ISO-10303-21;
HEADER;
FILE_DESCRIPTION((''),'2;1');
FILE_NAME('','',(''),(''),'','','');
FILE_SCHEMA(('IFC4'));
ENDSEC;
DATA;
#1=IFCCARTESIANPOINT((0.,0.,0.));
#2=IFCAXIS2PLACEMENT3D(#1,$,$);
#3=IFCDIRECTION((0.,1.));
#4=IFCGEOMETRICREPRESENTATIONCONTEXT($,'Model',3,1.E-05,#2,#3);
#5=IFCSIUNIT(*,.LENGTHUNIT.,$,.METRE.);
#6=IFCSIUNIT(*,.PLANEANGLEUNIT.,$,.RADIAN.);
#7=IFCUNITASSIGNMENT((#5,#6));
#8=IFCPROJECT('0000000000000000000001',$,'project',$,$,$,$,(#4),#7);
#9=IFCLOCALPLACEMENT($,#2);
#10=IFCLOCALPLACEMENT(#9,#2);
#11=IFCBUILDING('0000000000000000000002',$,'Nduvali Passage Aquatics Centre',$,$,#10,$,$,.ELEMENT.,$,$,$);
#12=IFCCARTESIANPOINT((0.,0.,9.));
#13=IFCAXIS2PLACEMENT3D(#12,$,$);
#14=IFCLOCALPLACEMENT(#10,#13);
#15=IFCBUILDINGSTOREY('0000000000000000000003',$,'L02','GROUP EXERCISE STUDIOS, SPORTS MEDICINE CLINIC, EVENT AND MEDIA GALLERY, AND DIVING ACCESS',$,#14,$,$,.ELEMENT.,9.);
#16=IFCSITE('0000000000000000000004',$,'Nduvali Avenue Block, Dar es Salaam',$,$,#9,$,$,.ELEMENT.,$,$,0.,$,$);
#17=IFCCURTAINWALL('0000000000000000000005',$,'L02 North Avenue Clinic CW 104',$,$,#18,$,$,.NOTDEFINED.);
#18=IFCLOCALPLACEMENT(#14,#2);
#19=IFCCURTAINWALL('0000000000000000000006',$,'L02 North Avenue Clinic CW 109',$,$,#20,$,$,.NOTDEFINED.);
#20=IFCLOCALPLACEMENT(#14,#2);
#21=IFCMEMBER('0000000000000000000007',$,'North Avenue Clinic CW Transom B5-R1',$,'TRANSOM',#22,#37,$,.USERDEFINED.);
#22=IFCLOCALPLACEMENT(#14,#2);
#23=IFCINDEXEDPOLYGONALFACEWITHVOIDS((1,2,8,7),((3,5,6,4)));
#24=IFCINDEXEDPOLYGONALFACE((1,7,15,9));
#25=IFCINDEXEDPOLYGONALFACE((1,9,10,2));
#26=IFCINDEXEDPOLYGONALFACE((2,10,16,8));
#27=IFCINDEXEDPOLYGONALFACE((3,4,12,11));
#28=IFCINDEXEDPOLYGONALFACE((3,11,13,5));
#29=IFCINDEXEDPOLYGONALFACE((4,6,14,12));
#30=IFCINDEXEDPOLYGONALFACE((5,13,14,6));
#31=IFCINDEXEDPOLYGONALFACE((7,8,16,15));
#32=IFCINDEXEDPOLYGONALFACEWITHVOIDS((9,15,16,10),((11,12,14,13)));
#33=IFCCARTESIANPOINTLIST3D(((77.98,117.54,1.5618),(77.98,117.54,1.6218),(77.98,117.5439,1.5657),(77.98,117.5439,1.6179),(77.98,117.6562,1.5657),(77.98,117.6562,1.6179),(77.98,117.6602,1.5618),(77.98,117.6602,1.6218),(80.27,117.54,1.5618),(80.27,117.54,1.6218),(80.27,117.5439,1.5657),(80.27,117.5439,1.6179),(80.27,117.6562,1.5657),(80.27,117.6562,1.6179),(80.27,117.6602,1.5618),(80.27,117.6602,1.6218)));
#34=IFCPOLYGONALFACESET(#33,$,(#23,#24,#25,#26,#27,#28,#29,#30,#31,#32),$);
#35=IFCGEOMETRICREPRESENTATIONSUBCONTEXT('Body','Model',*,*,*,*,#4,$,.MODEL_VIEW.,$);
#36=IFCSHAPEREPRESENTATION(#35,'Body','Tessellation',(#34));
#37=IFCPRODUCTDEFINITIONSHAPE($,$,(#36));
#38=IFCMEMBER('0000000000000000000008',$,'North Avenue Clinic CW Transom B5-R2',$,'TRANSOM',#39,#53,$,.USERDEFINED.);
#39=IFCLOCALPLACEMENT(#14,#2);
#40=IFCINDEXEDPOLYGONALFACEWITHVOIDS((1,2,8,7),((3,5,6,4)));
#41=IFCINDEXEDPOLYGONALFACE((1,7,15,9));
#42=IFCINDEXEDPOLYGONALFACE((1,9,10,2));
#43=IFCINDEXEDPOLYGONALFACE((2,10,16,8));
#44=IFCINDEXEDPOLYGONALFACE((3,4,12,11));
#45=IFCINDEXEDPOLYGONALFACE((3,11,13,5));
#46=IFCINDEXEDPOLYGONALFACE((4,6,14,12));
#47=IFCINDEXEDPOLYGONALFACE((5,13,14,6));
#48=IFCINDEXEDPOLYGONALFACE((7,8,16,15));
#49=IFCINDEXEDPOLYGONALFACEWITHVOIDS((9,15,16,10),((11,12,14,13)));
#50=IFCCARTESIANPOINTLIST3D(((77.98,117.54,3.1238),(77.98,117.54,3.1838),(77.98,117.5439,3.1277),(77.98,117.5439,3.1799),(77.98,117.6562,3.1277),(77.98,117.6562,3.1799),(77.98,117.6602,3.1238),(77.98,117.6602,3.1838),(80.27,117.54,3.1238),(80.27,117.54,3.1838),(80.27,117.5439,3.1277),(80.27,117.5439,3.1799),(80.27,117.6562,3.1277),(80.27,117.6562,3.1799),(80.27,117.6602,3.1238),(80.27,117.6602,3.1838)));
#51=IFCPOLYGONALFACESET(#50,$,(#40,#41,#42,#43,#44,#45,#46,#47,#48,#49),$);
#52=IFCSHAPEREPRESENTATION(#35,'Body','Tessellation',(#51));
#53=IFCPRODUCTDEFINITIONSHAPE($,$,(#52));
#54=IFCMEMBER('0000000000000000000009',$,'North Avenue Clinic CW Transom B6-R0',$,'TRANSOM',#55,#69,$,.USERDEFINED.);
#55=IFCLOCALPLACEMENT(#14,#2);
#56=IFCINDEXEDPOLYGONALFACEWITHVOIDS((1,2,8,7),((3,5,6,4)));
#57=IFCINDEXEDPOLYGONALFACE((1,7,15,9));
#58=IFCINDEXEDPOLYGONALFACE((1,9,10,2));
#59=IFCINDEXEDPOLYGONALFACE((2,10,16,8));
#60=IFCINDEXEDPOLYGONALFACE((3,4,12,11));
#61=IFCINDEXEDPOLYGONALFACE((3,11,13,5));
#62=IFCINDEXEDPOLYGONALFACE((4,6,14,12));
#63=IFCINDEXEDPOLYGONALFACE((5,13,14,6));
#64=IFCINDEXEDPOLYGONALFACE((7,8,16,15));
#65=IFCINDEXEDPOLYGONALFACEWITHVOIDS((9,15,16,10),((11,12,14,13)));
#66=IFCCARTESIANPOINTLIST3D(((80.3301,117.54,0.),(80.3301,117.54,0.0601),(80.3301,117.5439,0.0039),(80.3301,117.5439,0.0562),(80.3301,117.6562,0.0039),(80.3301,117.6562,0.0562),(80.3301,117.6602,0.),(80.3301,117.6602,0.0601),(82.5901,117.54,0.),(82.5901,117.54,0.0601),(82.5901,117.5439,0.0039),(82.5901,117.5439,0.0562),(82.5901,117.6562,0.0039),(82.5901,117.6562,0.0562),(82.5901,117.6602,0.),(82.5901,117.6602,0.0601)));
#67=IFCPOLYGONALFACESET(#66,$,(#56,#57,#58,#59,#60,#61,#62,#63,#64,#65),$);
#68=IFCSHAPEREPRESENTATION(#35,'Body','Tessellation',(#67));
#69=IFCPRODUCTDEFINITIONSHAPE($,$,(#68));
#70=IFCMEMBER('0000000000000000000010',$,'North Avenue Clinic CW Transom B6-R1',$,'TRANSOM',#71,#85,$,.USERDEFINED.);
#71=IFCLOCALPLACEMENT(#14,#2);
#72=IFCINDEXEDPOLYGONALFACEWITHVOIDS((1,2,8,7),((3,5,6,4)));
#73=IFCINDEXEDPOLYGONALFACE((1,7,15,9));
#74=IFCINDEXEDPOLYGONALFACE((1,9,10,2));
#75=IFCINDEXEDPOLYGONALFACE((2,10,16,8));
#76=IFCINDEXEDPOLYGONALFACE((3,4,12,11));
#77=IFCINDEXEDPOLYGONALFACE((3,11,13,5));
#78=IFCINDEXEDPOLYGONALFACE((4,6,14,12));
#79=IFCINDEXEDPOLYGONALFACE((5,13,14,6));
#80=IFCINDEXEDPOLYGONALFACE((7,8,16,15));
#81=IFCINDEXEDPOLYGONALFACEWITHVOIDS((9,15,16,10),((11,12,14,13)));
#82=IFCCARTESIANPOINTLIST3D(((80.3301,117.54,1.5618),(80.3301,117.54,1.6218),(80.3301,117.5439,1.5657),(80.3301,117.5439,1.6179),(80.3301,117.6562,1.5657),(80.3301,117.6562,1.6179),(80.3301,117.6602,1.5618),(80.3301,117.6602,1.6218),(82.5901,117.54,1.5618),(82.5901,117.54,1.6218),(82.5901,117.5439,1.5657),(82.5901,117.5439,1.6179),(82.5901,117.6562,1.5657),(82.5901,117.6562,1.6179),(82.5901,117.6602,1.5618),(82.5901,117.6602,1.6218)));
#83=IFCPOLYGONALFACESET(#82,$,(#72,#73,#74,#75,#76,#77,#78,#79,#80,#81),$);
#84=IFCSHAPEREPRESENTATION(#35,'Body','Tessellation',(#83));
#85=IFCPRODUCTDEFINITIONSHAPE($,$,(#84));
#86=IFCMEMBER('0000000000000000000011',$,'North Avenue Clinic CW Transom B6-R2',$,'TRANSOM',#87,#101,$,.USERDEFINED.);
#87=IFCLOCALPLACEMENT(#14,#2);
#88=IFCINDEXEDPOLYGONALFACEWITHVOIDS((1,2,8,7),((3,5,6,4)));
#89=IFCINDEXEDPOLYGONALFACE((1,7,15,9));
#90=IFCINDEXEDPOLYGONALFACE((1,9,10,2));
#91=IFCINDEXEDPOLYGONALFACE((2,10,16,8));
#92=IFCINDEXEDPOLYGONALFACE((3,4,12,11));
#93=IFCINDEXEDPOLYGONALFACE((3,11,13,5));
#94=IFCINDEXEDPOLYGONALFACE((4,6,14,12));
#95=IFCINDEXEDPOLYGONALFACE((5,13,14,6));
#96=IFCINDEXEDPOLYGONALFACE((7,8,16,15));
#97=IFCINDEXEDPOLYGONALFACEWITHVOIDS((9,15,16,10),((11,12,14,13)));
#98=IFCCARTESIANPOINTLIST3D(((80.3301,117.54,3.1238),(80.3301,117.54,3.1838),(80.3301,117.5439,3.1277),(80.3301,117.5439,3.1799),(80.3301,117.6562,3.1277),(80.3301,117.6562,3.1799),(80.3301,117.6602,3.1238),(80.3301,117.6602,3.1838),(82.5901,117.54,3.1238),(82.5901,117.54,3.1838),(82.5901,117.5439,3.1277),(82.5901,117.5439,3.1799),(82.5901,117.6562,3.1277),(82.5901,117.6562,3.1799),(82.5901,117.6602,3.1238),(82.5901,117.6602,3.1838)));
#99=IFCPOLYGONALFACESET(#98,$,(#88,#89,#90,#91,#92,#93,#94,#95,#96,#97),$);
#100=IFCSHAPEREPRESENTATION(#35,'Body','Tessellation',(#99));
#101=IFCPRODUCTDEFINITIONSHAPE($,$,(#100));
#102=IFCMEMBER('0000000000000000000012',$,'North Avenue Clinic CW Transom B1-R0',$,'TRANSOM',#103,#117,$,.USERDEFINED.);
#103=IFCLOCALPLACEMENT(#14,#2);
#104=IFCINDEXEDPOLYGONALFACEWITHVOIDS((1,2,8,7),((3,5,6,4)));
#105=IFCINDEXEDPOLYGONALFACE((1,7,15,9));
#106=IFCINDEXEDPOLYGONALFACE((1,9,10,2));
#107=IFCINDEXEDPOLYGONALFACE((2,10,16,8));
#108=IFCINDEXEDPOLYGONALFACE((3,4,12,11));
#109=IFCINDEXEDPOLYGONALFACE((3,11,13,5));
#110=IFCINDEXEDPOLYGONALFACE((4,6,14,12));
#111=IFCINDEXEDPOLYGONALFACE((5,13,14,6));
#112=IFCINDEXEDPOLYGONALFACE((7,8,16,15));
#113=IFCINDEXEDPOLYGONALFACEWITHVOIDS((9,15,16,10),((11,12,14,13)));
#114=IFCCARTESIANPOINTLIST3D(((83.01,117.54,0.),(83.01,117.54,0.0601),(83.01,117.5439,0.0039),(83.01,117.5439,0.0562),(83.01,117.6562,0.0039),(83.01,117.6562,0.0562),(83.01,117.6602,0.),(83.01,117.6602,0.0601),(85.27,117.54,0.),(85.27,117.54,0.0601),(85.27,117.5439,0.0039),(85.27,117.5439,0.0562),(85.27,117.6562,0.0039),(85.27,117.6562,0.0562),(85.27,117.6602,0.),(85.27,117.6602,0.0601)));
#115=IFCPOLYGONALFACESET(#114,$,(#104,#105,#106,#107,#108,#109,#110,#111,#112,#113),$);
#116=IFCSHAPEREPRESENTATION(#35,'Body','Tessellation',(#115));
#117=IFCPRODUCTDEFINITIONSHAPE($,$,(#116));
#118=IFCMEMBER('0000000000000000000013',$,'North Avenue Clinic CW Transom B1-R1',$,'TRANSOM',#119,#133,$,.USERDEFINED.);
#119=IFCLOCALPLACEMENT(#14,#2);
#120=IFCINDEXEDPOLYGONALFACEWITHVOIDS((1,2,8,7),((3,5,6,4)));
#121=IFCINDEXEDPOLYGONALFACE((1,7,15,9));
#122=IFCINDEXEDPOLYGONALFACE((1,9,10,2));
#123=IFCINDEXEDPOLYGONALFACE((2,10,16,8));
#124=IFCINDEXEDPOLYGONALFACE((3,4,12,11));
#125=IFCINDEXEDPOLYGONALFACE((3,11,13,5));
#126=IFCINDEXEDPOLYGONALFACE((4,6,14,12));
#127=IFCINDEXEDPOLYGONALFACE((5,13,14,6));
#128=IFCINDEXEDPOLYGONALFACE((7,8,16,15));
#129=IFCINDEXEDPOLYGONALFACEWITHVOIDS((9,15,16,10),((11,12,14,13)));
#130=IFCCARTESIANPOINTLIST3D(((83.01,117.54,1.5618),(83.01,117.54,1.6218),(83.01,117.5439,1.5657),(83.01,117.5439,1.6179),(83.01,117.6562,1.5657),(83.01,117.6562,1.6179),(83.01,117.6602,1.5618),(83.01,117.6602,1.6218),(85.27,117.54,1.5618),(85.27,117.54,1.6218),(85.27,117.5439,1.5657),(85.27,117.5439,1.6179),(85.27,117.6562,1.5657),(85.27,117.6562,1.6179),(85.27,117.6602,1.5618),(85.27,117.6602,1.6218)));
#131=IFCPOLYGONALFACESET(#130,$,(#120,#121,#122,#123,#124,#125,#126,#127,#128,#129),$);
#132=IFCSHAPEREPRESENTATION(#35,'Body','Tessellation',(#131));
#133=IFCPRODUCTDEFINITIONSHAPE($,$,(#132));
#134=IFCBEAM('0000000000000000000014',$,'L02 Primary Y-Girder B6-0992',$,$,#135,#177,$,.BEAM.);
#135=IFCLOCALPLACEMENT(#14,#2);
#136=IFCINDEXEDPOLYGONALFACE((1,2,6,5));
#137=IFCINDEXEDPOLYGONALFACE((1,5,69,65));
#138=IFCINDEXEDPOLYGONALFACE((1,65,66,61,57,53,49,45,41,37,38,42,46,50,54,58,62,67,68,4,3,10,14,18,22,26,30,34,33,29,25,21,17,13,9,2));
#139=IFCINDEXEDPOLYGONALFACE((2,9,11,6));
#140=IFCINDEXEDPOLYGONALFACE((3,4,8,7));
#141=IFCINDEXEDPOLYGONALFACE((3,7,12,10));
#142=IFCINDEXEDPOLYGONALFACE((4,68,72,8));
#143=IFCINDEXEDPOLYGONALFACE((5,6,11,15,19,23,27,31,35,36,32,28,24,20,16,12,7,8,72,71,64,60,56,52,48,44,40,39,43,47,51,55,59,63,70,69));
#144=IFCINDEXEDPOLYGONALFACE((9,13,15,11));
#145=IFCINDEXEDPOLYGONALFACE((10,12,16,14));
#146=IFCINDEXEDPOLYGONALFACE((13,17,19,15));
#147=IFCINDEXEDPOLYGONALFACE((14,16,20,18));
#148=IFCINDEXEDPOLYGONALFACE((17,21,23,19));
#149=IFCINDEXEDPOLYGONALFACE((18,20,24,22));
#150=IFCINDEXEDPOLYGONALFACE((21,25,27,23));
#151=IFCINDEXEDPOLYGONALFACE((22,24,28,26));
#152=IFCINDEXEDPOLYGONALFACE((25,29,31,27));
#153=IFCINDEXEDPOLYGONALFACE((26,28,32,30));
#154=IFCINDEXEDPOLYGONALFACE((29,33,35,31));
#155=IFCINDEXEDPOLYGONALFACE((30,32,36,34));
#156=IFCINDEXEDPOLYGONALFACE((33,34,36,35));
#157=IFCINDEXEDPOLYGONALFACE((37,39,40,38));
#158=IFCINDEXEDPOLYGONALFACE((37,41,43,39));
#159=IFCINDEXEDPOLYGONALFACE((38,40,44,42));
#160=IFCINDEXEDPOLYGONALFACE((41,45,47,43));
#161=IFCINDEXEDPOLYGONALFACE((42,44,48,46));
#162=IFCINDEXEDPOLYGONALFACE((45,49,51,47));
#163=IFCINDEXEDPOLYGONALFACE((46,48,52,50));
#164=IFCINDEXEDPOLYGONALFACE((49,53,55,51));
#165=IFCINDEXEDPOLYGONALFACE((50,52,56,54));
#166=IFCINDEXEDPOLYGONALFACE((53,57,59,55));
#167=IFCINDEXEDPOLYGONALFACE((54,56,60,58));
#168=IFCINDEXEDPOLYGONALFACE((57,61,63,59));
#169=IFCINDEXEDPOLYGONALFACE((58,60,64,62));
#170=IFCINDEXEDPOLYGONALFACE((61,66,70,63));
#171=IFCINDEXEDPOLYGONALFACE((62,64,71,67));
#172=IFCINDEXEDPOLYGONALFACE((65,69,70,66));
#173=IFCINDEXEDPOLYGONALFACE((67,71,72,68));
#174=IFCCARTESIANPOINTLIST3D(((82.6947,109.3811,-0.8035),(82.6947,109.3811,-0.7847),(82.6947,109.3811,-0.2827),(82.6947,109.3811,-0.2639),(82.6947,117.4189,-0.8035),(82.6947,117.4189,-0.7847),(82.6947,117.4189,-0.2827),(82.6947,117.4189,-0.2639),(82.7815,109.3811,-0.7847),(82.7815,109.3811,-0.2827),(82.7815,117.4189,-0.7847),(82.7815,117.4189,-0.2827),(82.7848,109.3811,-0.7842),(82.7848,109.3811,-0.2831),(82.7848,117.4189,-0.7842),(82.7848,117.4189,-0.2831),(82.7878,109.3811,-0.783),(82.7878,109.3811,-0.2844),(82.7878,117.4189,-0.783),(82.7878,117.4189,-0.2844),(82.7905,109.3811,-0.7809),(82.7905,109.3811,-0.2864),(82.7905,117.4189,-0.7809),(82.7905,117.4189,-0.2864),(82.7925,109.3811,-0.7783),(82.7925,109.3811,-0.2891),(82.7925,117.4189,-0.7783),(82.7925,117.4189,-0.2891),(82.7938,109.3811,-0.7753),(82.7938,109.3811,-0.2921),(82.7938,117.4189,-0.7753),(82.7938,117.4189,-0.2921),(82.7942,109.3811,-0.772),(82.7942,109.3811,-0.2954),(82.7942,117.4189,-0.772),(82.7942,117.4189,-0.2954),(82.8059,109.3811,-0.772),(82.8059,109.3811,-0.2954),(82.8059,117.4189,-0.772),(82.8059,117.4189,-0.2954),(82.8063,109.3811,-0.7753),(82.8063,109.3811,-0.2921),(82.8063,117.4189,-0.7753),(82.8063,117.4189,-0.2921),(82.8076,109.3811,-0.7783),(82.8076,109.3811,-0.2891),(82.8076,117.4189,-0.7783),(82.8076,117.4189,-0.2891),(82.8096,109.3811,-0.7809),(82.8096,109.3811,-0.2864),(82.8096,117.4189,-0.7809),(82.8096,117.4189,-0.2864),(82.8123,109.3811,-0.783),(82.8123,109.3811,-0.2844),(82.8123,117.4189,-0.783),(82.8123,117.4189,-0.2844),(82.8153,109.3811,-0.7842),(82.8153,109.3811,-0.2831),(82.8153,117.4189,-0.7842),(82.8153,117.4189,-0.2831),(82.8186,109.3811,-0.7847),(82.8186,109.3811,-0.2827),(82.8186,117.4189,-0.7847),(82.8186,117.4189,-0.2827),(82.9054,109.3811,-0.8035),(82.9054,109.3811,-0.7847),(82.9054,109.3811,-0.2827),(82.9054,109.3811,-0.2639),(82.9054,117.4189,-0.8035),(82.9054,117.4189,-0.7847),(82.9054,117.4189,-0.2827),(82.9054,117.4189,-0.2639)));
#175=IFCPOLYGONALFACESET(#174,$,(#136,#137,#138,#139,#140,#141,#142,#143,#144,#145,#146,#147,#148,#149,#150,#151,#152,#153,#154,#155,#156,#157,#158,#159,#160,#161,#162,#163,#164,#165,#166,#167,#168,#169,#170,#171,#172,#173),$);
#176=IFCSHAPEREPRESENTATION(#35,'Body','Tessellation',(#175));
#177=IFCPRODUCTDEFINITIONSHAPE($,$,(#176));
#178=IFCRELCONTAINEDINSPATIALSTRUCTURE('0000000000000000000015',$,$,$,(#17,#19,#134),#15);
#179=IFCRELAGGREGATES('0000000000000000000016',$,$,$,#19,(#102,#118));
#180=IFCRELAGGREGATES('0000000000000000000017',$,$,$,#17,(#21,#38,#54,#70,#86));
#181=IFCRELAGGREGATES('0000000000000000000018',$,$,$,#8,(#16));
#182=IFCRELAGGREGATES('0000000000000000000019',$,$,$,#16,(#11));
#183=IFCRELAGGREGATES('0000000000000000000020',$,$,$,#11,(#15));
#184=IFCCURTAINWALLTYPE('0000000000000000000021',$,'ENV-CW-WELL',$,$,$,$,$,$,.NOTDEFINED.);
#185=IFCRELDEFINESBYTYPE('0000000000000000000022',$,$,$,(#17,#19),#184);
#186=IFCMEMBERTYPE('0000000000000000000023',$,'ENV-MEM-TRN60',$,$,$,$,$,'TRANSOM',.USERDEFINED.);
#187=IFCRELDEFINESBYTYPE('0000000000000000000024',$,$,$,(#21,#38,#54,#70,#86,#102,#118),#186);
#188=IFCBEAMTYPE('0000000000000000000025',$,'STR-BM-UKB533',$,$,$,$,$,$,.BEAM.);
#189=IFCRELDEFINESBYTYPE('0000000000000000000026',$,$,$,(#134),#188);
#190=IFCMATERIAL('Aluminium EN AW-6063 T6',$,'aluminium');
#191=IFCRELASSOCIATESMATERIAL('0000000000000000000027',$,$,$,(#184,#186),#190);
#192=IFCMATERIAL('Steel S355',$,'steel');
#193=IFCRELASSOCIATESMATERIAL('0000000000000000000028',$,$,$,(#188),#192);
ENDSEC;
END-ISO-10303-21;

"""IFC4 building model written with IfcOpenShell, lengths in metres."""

from ifc_helpers import new_model, si_unit, direction, frame, origin, origin_2d, place, context, subcontext, project, spatial, hollow_rectangle, i_section, extrude, material, material_profile, profile_set, type_object, element, aggregate, save


model = new_model("IFC4")

# Units and contexts
model_context = context("Model", 3, precision=1e-05, world=origin(), true_north=direction((0.0, 1.0)))
body_context = subcontext(model_context, "Body", "Model", "MODEL_VIEW")
ifc_project = project(units=[si_unit("LENGTHUNIT", "METRE"), si_unit("PLANEANGLEUNIT", "RADIAN")], contexts=[model_context])

# Site, building, storey
site_placement = place(None, origin())
site = spatial("IfcSite", under=ifc_project, at=site_placement, Name="Nduvali Avenue Block, Dar es Salaam", CompositionType="ELEMENT", RefElevation=0.0)
building_placement = place(site_placement, origin())
building = spatial("IfcBuilding", under=site, at=building_placement, Name="Nduvali Passage Aquatics Centre", CompositionType="ELEMENT")
storey_placement = place(building_placement, frame((0.0, 0.0, 9.0)))
storey = spatial("IfcBuildingStorey", under=building, at=storey_placement, Name="L02", Description="GROUP EXERCISE STUDIOS, SPORTS MEDICINE CLINIC, EVENT AND MEDIA GALLERY, AND DIVING ACCESS", CompositionType="ELEMENT", Elevation=9.0)

# Shared definitions
ifc_material_1 = material(Name="Steel S355", Category="steel")

# Curtain wall
ifc_material_2 = material(Name="Aluminium EN AW-6063 T6", Category="aluminium")
curtain_wall_type = type_object("IfcCurtainWallType", Name="ENV-CW-WELL", PredefinedType="NOTDEFINED", material=ifc_material_2)
curtain_wall_1_placement = place(storey_placement, origin())
curtain_wall_1 = element("IfcCurtainWall", 1, at=curtain_wall_1_placement, inside=storey, type_object=curtain_wall_type, Name="L02 North Avenue Clinic CW 104", PredefinedType="NOTDEFINED")

# Curtain wall
curtain_wall_2_placement = place(storey_placement, origin())
curtain_wall_2 = element("IfcCurtainWall", 2, at=curtain_wall_2_placement, inside=storey, type_object=curtain_wall_type, Name="L02 North Avenue Clinic CW 109", PredefinedType="NOTDEFINED")

# Members
ifc_material_profile_1 = material_profile(ifc_material_2, hollow_rectangle(XDim=0.1201, YDim=0.0601, WallThickness=0.0039, at=origin_2d()), Name="ALU TRANSOM 120x60x4")
ifc_profile_set_1 = profile_set([ifc_material_profile_1], Name="Aluminium EN AW-6063 T6")
member_type_1 = type_object("IfcMemberType", Name="ENV-MEM-TRN60", ElementType="TRANSOM", PredefinedType="USERDEFINED", material=ifc_profile_set_1)
member_1_placement = place(storey_placement, frame((77.98, 117.6001, 1.5918), z_axis=(1.0, 0.0, 0.0), x_axis=(0.0, 1.0, 0.0)))
member_1 = element("IfcMember", 3, at=member_1_placement, type_object=member_type_1, Name="North Avenue Clinic CW Transom B5-R1", ObjectType="TRANSOM", PredefinedType="USERDEFINED", context=body_context, shape_type="SweptSolid", body=[
    extrude(hollow_rectangle(XDim=0.1201, YDim=0.0601, WallThickness=0.0039, at=origin_2d()), origin(), (0.0, 0.0, 1.0), 2.29),
])
member_2_placement = place(storey_placement, frame((77.98, 117.6001, 3.1538), z_axis=(1.0, 0.0, 0.0), x_axis=(0.0, 1.0, 0.0)))
member_2 = element("IfcMember", 4, at=member_2_placement, type_object=member_type_1, Name="North Avenue Clinic CW Transom B5-R2", ObjectType="TRANSOM", PredefinedType="USERDEFINED", context=body_context, shape_type="SweptSolid", body=[
    extrude(hollow_rectangle(XDim=0.1201, YDim=0.0601, WallThickness=0.0039, at=origin_2d()), origin(), (0.0, 0.0, 1.0), 2.29),
])
member_3_placement = place(storey_placement, frame((80.3301, 117.6001, 0.03), z_axis=(1.0, 0.0, 0.0), x_axis=(0.0, 1.0, 0.0)))
member_3 = element("IfcMember", 5, at=member_3_placement, type_object=member_type_1, Name="North Avenue Clinic CW Transom B6-R0", ObjectType="TRANSOM", PredefinedType="USERDEFINED", context=body_context, shape_type="SweptSolid", body=[
    extrude(hollow_rectangle(XDim=0.1201, YDim=0.0601, WallThickness=0.0039, at=origin_2d()), origin(), (0.0, 0.0, 1.0), 2.26),
])
member_4_placement = place(storey_placement, frame((80.3301, 117.6001, 1.5918), z_axis=(1.0, 0.0, 0.0), x_axis=(0.0, 1.0, 0.0)))
member_4 = element("IfcMember", 6, at=member_4_placement, type_object=member_type_1, Name="North Avenue Clinic CW Transom B6-R1", ObjectType="TRANSOM", PredefinedType="USERDEFINED", context=body_context, shape_type="SweptSolid", body=[
    extrude(hollow_rectangle(XDim=0.1201, YDim=0.0601, WallThickness=0.0039, at=origin_2d()), origin(), (0.0, 0.0, 1.0), 2.26),
])
member_5_placement = place(storey_placement, frame((80.3301, 117.6001, 3.1538), z_axis=(1.0, 0.0, 0.0), x_axis=(0.0, 1.0, 0.0)))
member_5 = element("IfcMember", 7, at=member_5_placement, type_object=member_type_1, Name="North Avenue Clinic CW Transom B6-R2", ObjectType="TRANSOM", PredefinedType="USERDEFINED", context=body_context, shape_type="SweptSolid", body=[
    extrude(hollow_rectangle(XDim=0.1201, YDim=0.0601, WallThickness=0.0039, at=origin_2d()), origin(), (0.0, 0.0, 1.0), 2.26),
])
member_6_placement = place(storey_placement, frame((83.01, 117.6001, 0.03), z_axis=(1.0, 0.0, 0.0), x_axis=(0.0, 1.0, 0.0)))
member_6 = element("IfcMember", 8, at=member_6_placement, type_object=member_type_1, Name="North Avenue Clinic CW Transom B1-R0", ObjectType="TRANSOM", PredefinedType="USERDEFINED", context=body_context, shape_type="SweptSolid", body=[
    extrude(hollow_rectangle(XDim=0.1201, YDim=0.0601, WallThickness=0.0039, at=origin_2d()), origin(), (0.0, 0.0, 1.0), 2.26),
])
member_7_placement = place(storey_placement, frame((83.01, 117.6001, 1.5918), z_axis=(1.0, 0.0, 0.0), x_axis=(0.0, 1.0, 0.0)))
member_7 = element("IfcMember", 9, at=member_7_placement, type_object=member_type_1, Name="North Avenue Clinic CW Transom B1-R1", ObjectType="TRANSOM", PredefinedType="USERDEFINED", context=body_context, shape_type="SweptSolid", body=[
    extrude(hollow_rectangle(XDim=0.1201, YDim=0.0601, WallThickness=0.0039, at=origin_2d()), origin(), (0.0, 0.0, 1.0), 2.26),
])
aggregate(curtain_wall_2, [member_6, member_7])

# Beam
ifc_material_profile_2 = material_profile(ifc_material_1, i_section(OverallWidth=0.2107, OverallDepth=0.5396, WebThickness=0.0117, FlangeThickness=0.0188, FilletRadius=0.0127, at=origin_2d()), Name="UKB 533x210x109")
ifc_profile_set_2 = profile_set([ifc_material_profile_2], Name="Steel S355")
beam_type_1 = type_object("IfcBeamType", Name="STR-BM-UKB533", PredefinedType="BEAM", material=ifc_profile_set_2)
beam_1_placement = place(storey_placement, frame((82.8, 109.3811, -0.5337), z_axis=(0.0, 1.0, 0.0), x_axis=(-1.0, 0.0, 0.0)))
element("IfcBeam", 10, at=beam_1_placement, inside=storey, type_object=beam_type_1, Name="L02 Primary Y-Girder B6-0992", PredefinedType="BEAM", context=body_context, shape_type="SweptSolid", body=[
    extrude(i_section(OverallWidth=0.2107, OverallDepth=0.5396, WebThickness=0.0117, FlangeThickness=0.0188, FilletRadius=0.0127, at=origin_2d()), origin(), (0.0, 0.0, 1.0), 8.0378),
])

aggregate(curtain_wall_1, [member_1, member_2, member_3, member_4, member_5])

save(model, "model.ifc")
